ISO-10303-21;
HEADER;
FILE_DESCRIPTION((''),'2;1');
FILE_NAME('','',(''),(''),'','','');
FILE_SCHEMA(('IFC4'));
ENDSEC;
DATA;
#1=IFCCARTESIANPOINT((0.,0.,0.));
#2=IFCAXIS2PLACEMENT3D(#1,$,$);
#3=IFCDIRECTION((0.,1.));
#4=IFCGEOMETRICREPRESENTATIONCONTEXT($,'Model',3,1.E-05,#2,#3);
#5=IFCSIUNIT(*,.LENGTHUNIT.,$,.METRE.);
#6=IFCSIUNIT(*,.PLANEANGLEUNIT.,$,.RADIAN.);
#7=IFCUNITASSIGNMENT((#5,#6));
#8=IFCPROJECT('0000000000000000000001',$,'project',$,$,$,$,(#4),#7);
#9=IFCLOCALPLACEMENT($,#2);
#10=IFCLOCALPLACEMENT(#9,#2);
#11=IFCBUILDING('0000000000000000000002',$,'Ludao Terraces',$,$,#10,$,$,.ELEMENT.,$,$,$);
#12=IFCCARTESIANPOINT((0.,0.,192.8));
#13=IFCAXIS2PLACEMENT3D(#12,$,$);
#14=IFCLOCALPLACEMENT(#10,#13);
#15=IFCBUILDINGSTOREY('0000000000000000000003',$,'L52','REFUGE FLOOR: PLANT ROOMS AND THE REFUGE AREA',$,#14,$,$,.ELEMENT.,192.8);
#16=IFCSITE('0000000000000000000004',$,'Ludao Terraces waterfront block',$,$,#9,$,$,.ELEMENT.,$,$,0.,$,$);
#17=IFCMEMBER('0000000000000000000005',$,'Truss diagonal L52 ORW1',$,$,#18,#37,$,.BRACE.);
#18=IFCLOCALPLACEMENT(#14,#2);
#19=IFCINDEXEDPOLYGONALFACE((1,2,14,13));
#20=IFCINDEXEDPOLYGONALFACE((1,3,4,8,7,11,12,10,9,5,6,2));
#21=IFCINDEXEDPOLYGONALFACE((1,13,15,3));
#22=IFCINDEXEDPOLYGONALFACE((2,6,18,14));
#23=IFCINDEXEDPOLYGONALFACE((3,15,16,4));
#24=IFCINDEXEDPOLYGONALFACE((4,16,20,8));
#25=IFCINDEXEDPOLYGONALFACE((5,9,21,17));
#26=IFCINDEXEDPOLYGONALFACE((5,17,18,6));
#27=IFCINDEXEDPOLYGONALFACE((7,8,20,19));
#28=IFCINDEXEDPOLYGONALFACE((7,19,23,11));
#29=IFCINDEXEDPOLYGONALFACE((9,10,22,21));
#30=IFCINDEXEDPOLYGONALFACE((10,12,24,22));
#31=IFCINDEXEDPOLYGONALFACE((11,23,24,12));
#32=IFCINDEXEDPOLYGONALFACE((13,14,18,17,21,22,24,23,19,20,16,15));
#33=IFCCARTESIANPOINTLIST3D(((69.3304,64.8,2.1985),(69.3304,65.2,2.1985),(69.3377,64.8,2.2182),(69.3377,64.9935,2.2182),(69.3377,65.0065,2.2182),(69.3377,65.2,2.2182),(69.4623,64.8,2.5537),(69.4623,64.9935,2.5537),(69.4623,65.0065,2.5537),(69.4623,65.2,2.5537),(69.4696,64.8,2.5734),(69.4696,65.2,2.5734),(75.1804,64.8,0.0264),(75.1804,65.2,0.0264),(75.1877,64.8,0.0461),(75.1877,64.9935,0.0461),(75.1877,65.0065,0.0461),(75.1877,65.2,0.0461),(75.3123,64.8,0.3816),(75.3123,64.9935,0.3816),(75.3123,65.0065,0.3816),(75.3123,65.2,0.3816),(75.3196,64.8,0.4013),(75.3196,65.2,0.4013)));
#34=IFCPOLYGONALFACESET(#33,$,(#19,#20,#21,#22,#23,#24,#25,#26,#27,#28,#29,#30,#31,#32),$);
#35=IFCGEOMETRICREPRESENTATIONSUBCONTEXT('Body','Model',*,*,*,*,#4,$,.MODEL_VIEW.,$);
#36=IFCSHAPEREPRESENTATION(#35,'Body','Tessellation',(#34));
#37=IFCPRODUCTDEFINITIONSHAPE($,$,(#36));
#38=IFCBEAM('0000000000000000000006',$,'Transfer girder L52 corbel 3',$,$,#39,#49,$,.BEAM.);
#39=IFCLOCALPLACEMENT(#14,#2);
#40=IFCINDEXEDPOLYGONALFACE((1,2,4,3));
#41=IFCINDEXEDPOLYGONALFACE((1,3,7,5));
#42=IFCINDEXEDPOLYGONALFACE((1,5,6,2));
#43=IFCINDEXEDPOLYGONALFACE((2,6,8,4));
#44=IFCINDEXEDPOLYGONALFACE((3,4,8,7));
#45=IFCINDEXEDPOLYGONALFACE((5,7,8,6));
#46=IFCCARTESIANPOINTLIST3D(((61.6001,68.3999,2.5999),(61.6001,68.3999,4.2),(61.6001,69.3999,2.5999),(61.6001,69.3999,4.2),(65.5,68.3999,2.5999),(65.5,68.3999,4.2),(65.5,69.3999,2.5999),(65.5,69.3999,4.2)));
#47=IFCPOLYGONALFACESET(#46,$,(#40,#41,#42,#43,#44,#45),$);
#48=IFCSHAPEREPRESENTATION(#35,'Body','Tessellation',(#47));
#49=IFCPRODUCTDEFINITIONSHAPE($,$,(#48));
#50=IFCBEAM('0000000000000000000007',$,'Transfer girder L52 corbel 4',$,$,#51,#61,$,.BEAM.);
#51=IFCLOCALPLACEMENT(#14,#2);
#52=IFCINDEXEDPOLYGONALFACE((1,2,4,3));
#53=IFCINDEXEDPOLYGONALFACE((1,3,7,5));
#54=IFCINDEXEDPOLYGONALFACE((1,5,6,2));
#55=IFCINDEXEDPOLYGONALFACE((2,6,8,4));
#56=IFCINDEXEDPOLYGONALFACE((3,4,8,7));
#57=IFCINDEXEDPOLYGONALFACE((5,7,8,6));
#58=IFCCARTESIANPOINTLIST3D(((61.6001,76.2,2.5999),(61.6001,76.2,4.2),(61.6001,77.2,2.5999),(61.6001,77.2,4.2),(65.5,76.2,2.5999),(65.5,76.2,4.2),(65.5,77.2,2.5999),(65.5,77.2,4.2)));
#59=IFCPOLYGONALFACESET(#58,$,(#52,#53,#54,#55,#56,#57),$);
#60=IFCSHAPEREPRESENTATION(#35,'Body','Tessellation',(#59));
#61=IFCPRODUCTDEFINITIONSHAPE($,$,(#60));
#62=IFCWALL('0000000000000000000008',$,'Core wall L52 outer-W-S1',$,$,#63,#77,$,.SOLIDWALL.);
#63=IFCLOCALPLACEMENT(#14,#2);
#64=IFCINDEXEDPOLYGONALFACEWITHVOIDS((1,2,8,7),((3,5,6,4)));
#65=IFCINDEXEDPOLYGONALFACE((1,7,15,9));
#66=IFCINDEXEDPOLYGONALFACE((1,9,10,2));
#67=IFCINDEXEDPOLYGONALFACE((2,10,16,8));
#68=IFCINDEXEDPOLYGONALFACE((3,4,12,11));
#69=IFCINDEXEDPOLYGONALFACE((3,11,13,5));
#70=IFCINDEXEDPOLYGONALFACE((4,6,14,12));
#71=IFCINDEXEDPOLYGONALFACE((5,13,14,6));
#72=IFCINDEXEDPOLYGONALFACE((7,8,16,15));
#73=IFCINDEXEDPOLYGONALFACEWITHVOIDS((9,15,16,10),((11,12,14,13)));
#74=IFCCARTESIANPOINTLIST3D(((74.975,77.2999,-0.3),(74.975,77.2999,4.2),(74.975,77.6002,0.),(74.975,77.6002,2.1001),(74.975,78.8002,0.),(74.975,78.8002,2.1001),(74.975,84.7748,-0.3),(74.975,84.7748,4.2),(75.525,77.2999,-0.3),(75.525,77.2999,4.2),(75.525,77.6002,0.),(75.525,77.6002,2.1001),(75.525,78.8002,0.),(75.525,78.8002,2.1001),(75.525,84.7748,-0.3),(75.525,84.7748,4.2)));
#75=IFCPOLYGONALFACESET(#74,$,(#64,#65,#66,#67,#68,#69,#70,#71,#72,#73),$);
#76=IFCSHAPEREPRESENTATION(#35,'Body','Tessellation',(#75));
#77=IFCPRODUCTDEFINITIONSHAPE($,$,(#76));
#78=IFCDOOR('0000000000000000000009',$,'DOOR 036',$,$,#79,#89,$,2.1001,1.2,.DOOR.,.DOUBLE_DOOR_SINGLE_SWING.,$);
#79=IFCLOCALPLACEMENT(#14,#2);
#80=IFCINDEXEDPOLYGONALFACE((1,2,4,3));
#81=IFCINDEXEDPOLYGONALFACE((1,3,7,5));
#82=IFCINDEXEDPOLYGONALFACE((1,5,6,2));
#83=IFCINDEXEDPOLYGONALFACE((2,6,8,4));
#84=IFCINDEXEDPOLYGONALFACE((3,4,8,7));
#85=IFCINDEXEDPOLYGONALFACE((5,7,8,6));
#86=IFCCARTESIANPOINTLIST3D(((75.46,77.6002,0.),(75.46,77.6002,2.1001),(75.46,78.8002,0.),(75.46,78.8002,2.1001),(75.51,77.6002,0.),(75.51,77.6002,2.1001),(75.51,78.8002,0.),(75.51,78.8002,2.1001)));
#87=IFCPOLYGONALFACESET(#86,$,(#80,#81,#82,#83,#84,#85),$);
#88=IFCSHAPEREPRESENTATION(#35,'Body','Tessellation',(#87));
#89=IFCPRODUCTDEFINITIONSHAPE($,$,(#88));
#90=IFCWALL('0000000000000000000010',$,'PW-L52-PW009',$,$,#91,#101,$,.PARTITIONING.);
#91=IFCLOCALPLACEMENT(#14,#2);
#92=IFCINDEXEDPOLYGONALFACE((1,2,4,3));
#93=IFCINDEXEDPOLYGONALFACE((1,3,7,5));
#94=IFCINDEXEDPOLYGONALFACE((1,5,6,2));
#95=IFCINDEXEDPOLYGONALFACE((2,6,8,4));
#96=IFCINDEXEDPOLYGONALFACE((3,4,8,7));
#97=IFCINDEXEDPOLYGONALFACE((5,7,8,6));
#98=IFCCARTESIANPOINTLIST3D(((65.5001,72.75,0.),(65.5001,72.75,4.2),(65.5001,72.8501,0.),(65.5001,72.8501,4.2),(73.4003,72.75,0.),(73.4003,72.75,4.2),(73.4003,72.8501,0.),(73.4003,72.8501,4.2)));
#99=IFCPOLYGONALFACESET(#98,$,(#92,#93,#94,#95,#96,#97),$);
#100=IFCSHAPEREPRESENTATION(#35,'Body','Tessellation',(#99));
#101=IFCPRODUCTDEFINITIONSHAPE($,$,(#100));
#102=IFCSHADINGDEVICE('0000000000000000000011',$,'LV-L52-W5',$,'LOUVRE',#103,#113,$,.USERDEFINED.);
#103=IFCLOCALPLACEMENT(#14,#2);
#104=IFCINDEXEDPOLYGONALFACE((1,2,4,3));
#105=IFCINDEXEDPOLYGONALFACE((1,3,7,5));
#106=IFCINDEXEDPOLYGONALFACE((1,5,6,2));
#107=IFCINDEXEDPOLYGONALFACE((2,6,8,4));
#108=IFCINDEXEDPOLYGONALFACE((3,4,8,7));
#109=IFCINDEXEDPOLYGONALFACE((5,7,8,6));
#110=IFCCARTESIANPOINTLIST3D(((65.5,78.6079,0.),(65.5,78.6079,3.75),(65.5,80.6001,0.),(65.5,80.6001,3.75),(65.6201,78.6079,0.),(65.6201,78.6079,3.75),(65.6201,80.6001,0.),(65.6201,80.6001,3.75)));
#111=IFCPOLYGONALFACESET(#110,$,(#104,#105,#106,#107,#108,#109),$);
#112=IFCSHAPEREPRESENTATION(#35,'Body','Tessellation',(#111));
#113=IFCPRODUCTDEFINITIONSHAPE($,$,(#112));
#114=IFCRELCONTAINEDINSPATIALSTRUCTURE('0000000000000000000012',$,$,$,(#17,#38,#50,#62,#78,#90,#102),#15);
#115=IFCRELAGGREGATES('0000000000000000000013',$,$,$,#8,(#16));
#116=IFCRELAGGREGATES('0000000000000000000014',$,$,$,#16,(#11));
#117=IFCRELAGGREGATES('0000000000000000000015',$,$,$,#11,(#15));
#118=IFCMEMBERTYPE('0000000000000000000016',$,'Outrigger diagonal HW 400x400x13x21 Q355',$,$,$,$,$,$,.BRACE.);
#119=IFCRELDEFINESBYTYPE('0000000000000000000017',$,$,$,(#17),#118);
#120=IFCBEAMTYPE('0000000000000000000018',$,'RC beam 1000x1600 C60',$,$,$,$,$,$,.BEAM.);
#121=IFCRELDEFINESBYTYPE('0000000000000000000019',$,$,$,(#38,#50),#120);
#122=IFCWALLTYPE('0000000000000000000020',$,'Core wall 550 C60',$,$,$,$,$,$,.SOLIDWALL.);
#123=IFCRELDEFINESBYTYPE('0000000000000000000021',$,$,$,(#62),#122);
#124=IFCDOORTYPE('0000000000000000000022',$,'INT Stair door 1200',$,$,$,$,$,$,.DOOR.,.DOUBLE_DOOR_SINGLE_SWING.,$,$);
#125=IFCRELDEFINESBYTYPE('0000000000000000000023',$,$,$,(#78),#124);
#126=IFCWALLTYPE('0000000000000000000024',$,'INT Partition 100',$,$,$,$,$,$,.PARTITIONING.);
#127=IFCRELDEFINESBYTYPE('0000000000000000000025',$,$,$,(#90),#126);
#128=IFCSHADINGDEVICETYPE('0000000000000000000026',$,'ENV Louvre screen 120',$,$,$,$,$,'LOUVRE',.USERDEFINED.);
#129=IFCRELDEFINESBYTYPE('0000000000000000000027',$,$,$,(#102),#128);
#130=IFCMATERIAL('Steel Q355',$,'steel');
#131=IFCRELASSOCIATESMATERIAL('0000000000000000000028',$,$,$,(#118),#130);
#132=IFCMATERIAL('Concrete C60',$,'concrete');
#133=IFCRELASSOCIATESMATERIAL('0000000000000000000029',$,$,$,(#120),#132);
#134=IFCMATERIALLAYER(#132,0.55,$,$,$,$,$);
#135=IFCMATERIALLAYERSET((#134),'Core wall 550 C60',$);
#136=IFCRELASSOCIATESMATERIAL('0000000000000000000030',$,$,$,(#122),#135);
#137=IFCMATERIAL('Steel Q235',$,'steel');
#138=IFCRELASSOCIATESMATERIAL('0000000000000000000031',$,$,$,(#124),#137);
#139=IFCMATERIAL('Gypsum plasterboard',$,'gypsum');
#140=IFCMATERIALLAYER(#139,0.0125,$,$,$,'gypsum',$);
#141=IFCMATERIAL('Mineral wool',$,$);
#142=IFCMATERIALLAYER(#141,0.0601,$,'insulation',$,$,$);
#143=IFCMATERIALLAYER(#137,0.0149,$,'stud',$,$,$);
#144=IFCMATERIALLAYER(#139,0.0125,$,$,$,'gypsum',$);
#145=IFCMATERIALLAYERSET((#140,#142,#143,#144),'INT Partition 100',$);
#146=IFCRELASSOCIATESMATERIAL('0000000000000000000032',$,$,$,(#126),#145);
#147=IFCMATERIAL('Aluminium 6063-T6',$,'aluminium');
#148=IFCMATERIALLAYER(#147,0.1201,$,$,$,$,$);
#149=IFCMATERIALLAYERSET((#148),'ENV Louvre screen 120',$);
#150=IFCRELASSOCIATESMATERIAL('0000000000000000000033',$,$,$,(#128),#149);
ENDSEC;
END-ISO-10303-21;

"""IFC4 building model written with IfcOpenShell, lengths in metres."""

from ifc_helpers import new_model, si_unit, direction, frame, frame_2d, origin, origin_2d, place, context, subcontext, project, spatial, rectangle, i_section, extrude, material, layer, layer_set, material_profile, profile_set, type_object, element, fill, save


model = new_model("IFC4")

# Units and contexts
model_context = context("Model", 3, precision=1e-05, world=origin(), true_north=direction((0.0, 1.0)))
body_context = subcontext(model_context, "Body", "Model", "MODEL_VIEW")
ifc_project = project(units=[si_unit("LENGTHUNIT", "METRE"), si_unit("PLANEANGLEUNIT", "RADIAN")], contexts=[model_context])

# Site, building, storey
site_placement = place(None, origin())
site = spatial("IfcSite", under=ifc_project, at=site_placement, Name="Ludao Terraces waterfront block", CompositionType="ELEMENT", RefElevation=0.0)
building_placement = place(site_placement, origin())
building = spatial("IfcBuilding", under=site, at=building_placement, Name="Ludao Terraces", CompositionType="ELEMENT")
storey_placement = place(building_placement, frame((0.0, 0.0, 192.8)))
storey = spatial("IfcBuildingStorey", under=building, at=storey_placement, Name="L52", Description="REFUGE FLOOR: PLANT ROOMS AND THE REFUGE AREA", CompositionType="ELEMENT", Elevation=192.8)

# Member
ifc_material_1 = material(Name="Steel Q355", Category="steel")
ifc_material_profile_1 = material_profile(ifc_material_1, i_section(OverallWidth=0.3999, OverallDepth=0.3999, WebThickness=0.0129, FlangeThickness=0.021, at=origin_2d()), Name="HW 400X400X13X21")
ifc_profile_set_1 = profile_set([ifc_material_profile_1], Name="Steel Q355")
member_type_1 = type_object("IfcMemberType", Name="Outrigger diagonal HW 400x400x13x21 Q355", PredefinedType="BRACE", material=ifc_profile_set_1)
member_1_placement = place(storey_placement, frame((75.25, 65.0, 0.2139), z_axis=(-0.937466, 0.0, 0.348077), x_axis=(0.0, -1.0, 0.0)))
element("IfcMember", 1, at=member_1_placement, inside=storey, type_object=member_type_1, Name="Truss diagonal L52 ORW1", PredefinedType="BRACE", context=body_context, shape_type="SweptSolid", body=[
    extrude(i_section(OverallWidth=0.3999, OverallDepth=0.3999, WebThickness=0.0129, FlangeThickness=0.021, at=origin_2d()), origin(), (0.0, 0.0, 1.0), 6.2402),
])

# Beams
ifc_material_2 = material(Name="Concrete C60", Category="concrete")
ifc_material_profile_2 = material_profile(ifc_material_2, rectangle(XDim=1.0, YDim=1.6001, at=origin_2d()), Name="1000 X 1600")
ifc_profile_set_2 = profile_set([ifc_material_profile_2], Name="Concrete C60")
beam_type = type_object("IfcBeamType", Name="RC beam 1000x1600 C60", PredefinedType="BEAM", material=ifc_profile_set_2)
for number, where, z_axis, x_axis, name in (
    (2, (61.6001, 68.8999, 3.3999), (1.0, 0.0, 0.0), (0.0, 1.0, 0.0), "Transfer girder L52 corbel 3"),
    (3, (61.6001, 76.7, 3.3999), (1.0, 0.0, 0.0), (0.0, 1.0, 0.0), "Transfer girder L52 corbel 4"),
):
    element("IfcBeam", number, at=place(storey_placement, frame(where, z_axis=z_axis, x_axis=x_axis)), inside=storey, type_object=beam_type, Name=name, PredefinedType="BEAM", context=body_context, shape_type="SweptSolid", body=[
        extrude(rectangle(XDim=1.0, YDim=1.6001, at=origin_2d()), origin(), (0.0, 0.0, 1.0), 3.8999),
    ])

# Wall, opening, door
ifc_layer_1 = layer(ifc_material_2, 0.55)
ifc_layer_set_1 = layer_set([ifc_layer_1], Name="Core wall 550 C60")
wall_type_1 = type_object("IfcWallType", Name="Core wall 550 C60", PredefinedType="SOLIDWALL", material=ifc_layer_set_1)
wall_1_placement = place(storey_placement, frame((75.25, 77.3, -0.3), z_axis=(0.0, 0.0, 1.0), x_axis=(0.0, 1.0, 0.0)))
wall_1 = element("IfcWall", 4, at=wall_1_placement, inside=storey, type_object=wall_type_1, Name="Core wall L52 outer-W-S1", PredefinedType="SOLIDWALL", context=body_context, shape_type="SweptSolid", body=[
    extrude(rectangle(XDim=7.4749, YDim=0.55, at=frame_2d((3.7373, 0.0))), origin(), (0.0, 0.0, 1.0), 4.5),
])
opening_placement = place(wall_1_placement, frame((0.3, 0.0, 0.3)))
opening = element("IfcOpeningElement", 5, at=opening_placement, cuts=wall_1, PredefinedType="OPENING", context=body_context, shape_type="SweptSolid", body=[
    extrude(rectangle(XDim=1.2, YDim=2.1001, at=frame_2d((0.6001, 1.05))), frame((0.0, 0.2852, 0.0), z_axis=(0.0, -1.0, 0.0), x_axis=(1.0, 0.0, 0.0)), (0.0, 0.0, 1.0), 0.5701),
])
ifc_material_3 = material(Name="Steel Q235", Category="steel")
door_type = type_object("IfcDoorType", Name="INT Stair door 1200", OperationType="DOUBLE_DOOR_SINGLE_SWING", PredefinedType="DOOR", material=ifc_material_3)
door_placement = place(opening_placement, origin())
door = element("IfcDoor", 6, at=door_placement, inside=storey, type_object=door_type, Name="DOOR 036", OperationType="DOUBLE_DOOR_SINGLE_SWING", OverallHeight=2.1001, OverallWidth=1.2, PredefinedType="DOOR", context=body_context, shape_type="SweptSolid", body=[
    extrude(rectangle(XDim=1.2, YDim=2.1001, at=frame_2d((0.6001, 1.05))), frame((0.0, -0.21, 0.0), z_axis=(0.0, -1.0, 0.0), x_axis=(1.0, 0.0, 0.0)), (0.0, 0.0, 1.0), 0.05),
])
fill(opening, door)

# Wall
ifc_material_4 = material(Name="Gypsum plasterboard", Category="gypsum")
ifc_layer_2 = layer(ifc_material_4, 0.0125, Category="gypsum")
ifc_material_5 = material(Name="Mineral wool")
ifc_layer_3 = layer(ifc_material_5, 0.0601, Name="insulation")
ifc_layer_4 = layer(ifc_material_3, 0.0149, Name="stud")
ifc_layer_5 = layer(ifc_material_4, 0.0125, Category="gypsum")
ifc_layer_set_2 = layer_set([ifc_layer_2, ifc_layer_3, ifc_layer_4, ifc_layer_5], Name="INT Partition 100")
wall_type_2 = type_object("IfcWallType", Name="INT Partition 100", PredefinedType="PARTITIONING", material=ifc_layer_set_2)
wall_2_placement = place(storey_placement, frame((65.5, 72.8, 0.0), z_axis=(0.0, 0.0, 1.0), x_axis=(1.0, 0.0, 0.0)))
element("IfcWall", 7, at=wall_2_placement, inside=storey, type_object=wall_type_2, Name="PW-L52-PW009", PredefinedType="PARTITIONING", context=body_context, shape_type="SweptSolid", body=[
    extrude(rectangle(XDim=7.9001, YDim=0.1001, at=frame_2d((3.9502, 0.0))), origin(), (0.0, 0.0, 1.0), 4.2),
])

# Shading device
ifc_material_6 = material(Name="Aluminium 6063-T6", Category="aluminium")
ifc_layer_6 = layer(ifc_material_6, 0.1201)
ifc_layer_set_3 = layer_set([ifc_layer_6], Name="ENV Louvre screen 120")
shading_device_type = type_object("IfcShadingDeviceType", Name="ENV Louvre screen 120", ElementType="LOUVRE", PredefinedType="USERDEFINED", material=ifc_layer_set_3)
shading_device_placement = place(storey_placement, frame((65.5601, 78.6079, 0.0), z_axis=(0.0, 0.0, 1.0), x_axis=(0.0, 1.0, 0.0)))
element("IfcShadingDevice", 8, at=shading_device_placement, inside=storey, type_object=shading_device_type, Name="LV-L52-W5", ObjectType="LOUVRE", PredefinedType="USERDEFINED", context=body_context, shape_type="SweptSolid", body=[
    extrude(rectangle(XDim=1.9922, YDim=0.1201, at=frame_2d((0.9961, 0.0))), origin(), (0.0, 0.0, 1.0), 3.75),
])

save(model, "model.ifc")
